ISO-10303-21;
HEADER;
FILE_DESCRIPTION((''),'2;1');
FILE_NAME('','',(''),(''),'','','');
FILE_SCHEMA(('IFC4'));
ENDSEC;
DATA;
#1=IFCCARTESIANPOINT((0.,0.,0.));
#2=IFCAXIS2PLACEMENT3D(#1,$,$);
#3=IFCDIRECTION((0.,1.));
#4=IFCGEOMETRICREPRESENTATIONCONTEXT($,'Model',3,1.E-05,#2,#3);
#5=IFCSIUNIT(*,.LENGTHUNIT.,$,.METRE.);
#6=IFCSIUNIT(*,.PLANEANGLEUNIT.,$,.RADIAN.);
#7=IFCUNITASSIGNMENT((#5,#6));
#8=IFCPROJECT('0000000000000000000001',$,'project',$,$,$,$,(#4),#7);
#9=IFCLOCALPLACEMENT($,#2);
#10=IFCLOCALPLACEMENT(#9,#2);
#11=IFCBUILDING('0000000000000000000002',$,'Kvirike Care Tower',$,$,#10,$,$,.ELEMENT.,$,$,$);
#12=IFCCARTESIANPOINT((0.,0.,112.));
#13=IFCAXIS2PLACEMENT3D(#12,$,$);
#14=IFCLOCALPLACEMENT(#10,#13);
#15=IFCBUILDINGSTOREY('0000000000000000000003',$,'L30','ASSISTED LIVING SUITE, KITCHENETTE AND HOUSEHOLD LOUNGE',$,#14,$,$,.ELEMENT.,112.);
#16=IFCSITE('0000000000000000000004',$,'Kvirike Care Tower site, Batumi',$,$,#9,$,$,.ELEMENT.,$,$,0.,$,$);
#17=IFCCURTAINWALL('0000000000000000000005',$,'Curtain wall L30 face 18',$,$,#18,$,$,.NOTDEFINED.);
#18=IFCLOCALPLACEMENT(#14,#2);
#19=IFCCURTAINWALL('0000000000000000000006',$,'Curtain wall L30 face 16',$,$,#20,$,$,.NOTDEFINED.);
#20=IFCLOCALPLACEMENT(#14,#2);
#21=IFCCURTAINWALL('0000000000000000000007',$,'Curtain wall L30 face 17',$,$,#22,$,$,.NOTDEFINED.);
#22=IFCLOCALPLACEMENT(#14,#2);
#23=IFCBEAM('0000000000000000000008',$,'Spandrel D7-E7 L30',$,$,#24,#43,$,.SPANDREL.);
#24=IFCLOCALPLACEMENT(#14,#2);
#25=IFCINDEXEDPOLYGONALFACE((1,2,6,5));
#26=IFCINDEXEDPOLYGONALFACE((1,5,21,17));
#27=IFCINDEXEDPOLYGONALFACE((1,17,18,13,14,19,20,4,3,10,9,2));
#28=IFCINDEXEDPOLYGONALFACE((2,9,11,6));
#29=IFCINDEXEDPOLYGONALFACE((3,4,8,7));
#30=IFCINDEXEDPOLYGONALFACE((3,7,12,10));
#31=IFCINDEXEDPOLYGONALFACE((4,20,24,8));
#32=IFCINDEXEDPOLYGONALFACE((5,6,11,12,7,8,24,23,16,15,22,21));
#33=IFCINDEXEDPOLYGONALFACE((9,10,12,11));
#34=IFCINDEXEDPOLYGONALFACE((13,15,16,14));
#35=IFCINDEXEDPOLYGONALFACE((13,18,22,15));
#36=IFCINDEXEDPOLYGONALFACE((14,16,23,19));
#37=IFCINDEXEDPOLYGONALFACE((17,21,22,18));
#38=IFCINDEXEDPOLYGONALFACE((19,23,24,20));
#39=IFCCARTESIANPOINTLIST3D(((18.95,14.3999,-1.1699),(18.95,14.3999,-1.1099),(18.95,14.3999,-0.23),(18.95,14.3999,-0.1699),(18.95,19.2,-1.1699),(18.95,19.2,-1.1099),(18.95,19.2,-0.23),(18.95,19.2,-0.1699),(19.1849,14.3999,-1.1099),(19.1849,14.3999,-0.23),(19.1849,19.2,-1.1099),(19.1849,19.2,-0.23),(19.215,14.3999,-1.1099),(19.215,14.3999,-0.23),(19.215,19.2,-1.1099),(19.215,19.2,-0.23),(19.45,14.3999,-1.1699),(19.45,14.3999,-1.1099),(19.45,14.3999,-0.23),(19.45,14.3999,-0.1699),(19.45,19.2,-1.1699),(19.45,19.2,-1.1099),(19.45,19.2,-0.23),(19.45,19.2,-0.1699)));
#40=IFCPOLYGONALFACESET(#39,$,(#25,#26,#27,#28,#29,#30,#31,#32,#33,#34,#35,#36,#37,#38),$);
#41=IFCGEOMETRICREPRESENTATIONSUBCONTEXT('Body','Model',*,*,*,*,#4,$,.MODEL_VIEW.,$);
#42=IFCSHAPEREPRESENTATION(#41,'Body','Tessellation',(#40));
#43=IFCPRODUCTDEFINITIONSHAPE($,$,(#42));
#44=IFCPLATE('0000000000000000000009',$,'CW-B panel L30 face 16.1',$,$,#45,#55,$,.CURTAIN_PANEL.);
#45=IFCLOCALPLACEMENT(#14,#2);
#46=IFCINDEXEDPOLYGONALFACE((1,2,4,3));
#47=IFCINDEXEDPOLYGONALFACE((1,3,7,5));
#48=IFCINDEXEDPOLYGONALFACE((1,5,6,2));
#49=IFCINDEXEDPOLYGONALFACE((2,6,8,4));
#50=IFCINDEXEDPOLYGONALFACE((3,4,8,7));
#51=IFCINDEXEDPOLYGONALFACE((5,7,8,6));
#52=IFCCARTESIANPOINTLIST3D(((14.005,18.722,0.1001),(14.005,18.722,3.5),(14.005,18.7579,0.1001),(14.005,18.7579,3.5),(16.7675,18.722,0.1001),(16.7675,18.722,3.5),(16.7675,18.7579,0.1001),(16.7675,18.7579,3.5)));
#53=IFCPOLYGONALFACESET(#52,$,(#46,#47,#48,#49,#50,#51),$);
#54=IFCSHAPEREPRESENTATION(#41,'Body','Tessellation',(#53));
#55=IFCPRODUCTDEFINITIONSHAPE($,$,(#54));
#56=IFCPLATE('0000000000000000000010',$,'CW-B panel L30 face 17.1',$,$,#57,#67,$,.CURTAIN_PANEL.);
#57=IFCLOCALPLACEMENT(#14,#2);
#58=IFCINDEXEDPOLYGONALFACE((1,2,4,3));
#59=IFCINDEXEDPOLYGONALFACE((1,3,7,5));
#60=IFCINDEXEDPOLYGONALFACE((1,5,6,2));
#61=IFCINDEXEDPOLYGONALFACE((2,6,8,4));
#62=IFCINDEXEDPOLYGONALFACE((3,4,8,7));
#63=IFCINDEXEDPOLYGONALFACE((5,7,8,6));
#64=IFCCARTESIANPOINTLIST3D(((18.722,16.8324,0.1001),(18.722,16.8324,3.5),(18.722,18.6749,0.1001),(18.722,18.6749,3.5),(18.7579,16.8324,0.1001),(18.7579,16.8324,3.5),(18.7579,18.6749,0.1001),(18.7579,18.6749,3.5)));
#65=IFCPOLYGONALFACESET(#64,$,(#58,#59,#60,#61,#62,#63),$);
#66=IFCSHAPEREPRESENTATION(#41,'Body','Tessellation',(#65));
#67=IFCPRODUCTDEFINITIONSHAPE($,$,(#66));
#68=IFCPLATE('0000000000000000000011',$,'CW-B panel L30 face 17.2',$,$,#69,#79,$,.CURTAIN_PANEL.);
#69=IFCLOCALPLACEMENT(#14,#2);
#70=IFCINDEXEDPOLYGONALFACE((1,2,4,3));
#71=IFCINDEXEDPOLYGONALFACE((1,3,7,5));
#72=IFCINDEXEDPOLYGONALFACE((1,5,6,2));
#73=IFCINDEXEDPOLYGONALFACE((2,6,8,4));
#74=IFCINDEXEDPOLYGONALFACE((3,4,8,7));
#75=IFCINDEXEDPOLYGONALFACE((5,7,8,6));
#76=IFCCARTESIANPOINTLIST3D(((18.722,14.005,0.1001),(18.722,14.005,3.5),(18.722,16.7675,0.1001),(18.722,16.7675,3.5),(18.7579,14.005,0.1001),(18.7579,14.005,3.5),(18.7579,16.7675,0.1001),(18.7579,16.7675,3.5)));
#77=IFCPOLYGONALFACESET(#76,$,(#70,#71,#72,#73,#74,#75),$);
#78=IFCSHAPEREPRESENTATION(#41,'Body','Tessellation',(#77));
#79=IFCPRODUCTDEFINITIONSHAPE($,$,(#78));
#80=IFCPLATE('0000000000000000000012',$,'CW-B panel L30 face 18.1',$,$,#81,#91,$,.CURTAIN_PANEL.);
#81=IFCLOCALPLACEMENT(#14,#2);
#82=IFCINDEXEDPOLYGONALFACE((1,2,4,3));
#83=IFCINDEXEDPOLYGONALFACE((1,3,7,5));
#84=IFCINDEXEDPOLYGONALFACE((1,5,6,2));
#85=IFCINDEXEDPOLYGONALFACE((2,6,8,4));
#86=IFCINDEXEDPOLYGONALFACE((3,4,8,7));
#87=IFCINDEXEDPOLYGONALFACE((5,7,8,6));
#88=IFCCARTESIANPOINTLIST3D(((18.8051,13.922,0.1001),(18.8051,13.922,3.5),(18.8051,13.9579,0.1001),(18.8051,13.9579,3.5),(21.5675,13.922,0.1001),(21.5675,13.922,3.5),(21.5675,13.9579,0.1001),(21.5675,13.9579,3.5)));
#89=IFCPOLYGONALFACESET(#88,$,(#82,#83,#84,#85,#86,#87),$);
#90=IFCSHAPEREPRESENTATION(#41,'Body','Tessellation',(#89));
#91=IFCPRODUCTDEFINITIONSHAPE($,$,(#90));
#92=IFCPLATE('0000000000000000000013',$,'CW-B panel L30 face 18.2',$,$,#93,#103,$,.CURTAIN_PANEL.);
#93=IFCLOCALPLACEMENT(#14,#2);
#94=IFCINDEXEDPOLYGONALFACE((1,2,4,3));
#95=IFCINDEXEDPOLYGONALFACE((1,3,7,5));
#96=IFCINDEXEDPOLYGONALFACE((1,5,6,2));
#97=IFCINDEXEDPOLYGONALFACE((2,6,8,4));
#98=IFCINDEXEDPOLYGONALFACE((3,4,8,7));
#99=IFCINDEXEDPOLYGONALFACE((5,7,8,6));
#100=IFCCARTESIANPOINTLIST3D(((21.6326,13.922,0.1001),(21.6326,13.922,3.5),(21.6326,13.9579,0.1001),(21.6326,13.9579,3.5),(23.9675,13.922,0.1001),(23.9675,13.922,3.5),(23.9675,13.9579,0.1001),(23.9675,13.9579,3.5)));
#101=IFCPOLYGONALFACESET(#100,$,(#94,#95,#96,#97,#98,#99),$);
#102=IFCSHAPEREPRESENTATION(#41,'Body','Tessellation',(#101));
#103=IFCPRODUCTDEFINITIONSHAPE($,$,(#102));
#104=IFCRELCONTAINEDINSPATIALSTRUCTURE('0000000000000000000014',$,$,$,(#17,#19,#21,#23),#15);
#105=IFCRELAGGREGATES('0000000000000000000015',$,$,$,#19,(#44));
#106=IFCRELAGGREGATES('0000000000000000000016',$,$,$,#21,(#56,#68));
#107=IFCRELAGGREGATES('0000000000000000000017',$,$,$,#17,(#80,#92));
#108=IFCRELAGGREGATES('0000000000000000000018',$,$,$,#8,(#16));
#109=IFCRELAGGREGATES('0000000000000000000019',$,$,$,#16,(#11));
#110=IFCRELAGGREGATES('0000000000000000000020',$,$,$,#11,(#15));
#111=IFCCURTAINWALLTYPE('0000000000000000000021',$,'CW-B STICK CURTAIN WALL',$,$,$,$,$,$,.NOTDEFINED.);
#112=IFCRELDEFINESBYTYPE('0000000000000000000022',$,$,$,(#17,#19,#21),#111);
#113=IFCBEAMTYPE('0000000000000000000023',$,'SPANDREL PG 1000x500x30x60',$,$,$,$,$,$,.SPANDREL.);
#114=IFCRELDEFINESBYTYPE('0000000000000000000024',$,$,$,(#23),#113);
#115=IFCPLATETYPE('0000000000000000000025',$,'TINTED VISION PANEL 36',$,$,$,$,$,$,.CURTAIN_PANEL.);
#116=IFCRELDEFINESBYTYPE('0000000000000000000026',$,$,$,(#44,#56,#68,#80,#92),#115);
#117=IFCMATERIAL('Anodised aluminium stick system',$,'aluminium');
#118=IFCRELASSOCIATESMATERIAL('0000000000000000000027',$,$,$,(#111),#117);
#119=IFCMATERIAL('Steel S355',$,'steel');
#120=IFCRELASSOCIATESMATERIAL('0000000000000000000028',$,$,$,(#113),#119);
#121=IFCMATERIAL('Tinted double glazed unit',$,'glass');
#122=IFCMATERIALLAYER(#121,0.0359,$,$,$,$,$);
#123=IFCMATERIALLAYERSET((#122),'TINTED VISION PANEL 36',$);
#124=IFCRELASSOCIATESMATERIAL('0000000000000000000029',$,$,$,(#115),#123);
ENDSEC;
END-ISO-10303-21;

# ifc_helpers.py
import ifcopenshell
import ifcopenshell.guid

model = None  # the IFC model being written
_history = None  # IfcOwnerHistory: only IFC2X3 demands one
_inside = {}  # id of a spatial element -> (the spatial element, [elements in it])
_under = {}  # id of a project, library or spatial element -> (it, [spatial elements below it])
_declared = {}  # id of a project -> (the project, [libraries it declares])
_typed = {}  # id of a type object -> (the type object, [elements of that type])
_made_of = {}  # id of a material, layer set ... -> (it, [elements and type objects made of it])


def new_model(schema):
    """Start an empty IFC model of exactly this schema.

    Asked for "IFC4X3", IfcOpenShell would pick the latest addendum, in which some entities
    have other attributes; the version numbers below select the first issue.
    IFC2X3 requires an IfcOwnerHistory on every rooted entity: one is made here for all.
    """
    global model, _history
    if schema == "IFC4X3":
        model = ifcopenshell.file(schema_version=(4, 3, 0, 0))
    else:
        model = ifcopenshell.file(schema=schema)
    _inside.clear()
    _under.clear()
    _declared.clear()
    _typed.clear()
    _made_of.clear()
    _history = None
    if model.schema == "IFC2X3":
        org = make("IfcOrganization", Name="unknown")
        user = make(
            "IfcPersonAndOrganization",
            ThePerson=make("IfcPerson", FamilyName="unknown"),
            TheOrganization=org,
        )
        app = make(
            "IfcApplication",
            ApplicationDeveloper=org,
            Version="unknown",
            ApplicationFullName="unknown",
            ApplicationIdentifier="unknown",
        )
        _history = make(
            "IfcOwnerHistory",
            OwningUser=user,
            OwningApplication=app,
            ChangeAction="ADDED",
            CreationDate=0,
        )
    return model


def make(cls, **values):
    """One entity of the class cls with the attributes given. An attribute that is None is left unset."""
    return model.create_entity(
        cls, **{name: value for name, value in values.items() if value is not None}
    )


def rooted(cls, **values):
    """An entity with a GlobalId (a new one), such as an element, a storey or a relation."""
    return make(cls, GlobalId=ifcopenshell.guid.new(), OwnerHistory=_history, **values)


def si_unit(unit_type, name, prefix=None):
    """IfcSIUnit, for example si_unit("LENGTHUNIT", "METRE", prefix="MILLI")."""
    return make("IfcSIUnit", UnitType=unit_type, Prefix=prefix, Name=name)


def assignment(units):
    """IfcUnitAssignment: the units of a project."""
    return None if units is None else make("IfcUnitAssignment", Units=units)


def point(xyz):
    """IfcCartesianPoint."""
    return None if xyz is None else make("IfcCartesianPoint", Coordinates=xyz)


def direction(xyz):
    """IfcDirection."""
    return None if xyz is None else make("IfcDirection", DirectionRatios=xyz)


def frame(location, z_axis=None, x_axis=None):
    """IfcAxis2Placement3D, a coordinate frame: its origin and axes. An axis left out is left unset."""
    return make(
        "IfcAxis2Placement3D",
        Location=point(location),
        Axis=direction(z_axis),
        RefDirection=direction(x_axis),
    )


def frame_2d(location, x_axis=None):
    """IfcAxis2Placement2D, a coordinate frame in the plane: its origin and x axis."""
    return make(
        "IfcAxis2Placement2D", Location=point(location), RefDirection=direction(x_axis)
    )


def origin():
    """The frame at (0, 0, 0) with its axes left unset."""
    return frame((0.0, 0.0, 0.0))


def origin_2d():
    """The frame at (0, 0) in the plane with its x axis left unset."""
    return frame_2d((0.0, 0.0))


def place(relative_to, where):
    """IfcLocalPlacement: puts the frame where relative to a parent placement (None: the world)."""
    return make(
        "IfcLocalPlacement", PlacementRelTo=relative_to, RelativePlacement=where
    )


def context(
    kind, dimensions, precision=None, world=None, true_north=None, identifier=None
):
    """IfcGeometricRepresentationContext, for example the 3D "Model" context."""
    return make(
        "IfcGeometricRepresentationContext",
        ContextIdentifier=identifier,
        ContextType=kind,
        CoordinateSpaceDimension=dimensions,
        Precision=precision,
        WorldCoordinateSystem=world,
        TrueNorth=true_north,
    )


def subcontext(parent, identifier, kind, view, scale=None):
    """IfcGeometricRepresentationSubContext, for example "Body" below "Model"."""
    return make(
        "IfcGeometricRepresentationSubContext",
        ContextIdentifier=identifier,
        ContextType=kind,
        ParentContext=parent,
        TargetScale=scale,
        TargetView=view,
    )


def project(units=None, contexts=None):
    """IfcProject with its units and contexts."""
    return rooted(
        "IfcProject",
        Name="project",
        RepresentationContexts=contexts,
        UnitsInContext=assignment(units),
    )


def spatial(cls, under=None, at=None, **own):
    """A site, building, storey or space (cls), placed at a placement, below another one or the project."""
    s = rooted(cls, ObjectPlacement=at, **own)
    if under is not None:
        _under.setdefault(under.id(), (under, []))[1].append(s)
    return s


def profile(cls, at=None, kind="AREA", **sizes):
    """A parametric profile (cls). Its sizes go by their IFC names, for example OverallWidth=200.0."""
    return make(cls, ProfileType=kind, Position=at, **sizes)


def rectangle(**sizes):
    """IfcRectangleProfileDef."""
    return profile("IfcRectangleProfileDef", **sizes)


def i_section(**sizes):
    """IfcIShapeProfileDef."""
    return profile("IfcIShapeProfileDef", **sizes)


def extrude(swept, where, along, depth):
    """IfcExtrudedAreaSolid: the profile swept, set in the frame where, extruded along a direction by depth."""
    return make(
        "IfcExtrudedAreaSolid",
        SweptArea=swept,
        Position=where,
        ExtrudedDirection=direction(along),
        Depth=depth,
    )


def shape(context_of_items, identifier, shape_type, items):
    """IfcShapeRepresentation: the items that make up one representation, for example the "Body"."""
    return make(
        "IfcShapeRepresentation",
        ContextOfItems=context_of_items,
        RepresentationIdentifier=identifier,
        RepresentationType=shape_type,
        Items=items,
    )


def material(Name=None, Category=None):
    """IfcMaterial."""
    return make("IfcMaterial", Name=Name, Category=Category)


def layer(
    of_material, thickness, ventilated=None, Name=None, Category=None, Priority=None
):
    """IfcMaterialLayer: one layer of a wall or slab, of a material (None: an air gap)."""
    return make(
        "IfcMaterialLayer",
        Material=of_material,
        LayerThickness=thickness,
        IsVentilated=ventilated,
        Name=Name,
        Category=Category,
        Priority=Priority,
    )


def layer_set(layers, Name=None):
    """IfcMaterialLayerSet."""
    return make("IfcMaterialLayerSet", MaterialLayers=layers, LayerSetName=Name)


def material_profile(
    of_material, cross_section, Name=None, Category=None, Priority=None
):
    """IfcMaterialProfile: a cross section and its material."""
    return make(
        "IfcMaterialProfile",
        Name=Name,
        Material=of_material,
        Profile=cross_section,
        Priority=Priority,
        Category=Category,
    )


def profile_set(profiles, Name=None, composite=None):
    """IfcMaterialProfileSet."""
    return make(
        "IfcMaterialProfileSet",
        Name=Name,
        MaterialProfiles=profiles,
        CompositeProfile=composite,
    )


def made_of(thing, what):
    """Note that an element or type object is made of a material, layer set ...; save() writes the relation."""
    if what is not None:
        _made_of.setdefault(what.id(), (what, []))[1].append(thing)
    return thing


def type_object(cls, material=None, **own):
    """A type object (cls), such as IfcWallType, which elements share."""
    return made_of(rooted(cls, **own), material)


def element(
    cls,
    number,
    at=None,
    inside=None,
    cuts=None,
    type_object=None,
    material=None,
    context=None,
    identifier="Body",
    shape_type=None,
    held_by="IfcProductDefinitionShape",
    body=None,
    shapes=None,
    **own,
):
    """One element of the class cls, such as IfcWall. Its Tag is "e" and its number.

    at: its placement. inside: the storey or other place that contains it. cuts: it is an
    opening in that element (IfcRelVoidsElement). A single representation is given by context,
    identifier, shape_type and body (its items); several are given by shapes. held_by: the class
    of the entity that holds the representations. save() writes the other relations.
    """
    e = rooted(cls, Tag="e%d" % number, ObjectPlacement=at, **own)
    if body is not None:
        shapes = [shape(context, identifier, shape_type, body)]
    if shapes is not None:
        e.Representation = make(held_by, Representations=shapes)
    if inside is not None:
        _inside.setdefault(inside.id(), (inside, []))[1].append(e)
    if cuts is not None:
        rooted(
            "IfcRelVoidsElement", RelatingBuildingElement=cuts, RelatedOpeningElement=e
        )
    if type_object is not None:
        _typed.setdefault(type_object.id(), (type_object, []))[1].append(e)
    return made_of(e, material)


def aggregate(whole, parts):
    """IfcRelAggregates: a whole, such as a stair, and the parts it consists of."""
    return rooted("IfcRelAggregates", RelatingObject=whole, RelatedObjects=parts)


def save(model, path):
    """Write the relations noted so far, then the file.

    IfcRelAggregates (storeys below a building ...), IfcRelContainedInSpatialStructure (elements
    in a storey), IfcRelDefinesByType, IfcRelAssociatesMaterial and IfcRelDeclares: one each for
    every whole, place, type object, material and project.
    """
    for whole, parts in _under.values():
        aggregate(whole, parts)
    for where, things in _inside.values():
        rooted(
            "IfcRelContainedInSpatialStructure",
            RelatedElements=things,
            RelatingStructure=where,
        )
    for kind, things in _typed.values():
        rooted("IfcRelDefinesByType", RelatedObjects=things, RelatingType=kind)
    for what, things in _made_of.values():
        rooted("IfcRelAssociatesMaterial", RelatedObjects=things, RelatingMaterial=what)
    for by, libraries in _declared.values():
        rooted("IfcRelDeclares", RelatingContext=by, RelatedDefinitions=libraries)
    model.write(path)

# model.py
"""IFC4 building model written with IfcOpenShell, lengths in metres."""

from ifc_helpers import new_model, si_unit, direction, frame, origin, origin_2d, place, context, subcontext, project, spatial, rectangle, i_section, extrude, material, layer, layer_set, material_profile, profile_set, type_object, element, aggregate, save


model = new_model("IFC4")

# Units and contexts
model_context = context("Model", 3, precision=1e-05, world=origin(), true_north=direction((0.0, 1.0)))
body_context = subcontext(model_context, "Body", "Model", "MODEL_VIEW")
ifc_project = project(units=[si_unit("LENGTHUNIT", "METRE"), si_unit("PLANEANGLEUNIT", "RADIAN")], contexts=[model_context])

# Site, building, storey
site_placement = place(None, origin())
site = spatial("IfcSite", under=ifc_project, at=site_placement, Name="Kvirike Care Tower site, Batumi", CompositionType="ELEMENT", RefElevation=0.0)
building_placement = place(site_placement, origin())
building = spatial("IfcBuilding", under=site, at=building_placement, Name="Kvirike Care Tower", CompositionType="ELEMENT")
storey_placement = place(building_placement, frame((0.0, 0.0, 112.0)))
storey = spatial("IfcBuildingStorey", under=building, at=storey_placement, Name="L30", Description="ASSISTED LIVING SUITE, KITCHENETTE AND HOUSEHOLD LOUNGE", CompositionType="ELEMENT", Elevation=112.0)

# Curtain walls
ifc_material_1 = material(Name="Anodised aluminium stick system", Category="aluminium")
curtain_wall_type = type_object("IfcCurtainWallType", Name="CW-B STICK CURTAIN WALL", PredefinedType="NOTDEFINED", material=ifc_material_1)
curtain_wall_1_placement = place(storey_placement, origin())
curtain_wall_1 = element("IfcCurtainWall", 1, at=curtain_wall_1_placement, inside=storey, type_object=curtain_wall_type, Name="Curtain wall L30 face 18", PredefinedType="NOTDEFINED")
curtain_wall_2_placement = place(storey_placement, origin())
curtain_wall_2 = element("IfcCurtainWall", 2, at=curtain_wall_2_placement, inside=storey, type_object=curtain_wall_type, Name="Curtain wall L30 face 16", PredefinedType="NOTDEFINED")

# Curtain wall
curtain_wall_3_placement = place(storey_placement, origin())
curtain_wall_3 = element("IfcCurtainWall", 3, at=curtain_wall_3_placement, inside=storey, type_object=curtain_wall_type, Name="Curtain wall L30 face 17", PredefinedType="NOTDEFINED")

# Beam
ifc_material_2 = material(Name="Steel S355", Category="steel")
ifc_material_profile_1 = material_profile(ifc_material_2, i_section(OverallWidth=0.5, OverallDepth=1.0, WebThickness=0.03, FlangeThickness=0.0601, at=origin_2d()), Name="PG 1000x500x30x60")
ifc_profile_set_1 = profile_set([ifc_material_profile_1], Name="Steel S355")
beam_type = type_object("IfcBeamType", Name="SPANDREL PG 1000x500x30x60", PredefinedType="SPANDREL", material=ifc_profile_set_1)
for number, where, z_axis, x_axis, name in (
    (4, (19.2, 14.3999, -0.6699), (0.0, 1.0, 0.0), (-1.0, 0.0, 0.0), "Spandrel D7-E7 L30"),
):
    element("IfcBeam", number, at=place(storey_placement, frame(where, z_axis=z_axis, x_axis=x_axis)), inside=storey, type_object=beam_type, Name=name, PredefinedType="SPANDREL", context=body_context, shape_type="SweptSolid", body=[
        extrude(i_section(OverallWidth=0.5, OverallDepth=1.0, WebThickness=0.03, FlangeThickness=0.0601, at=origin_2d()), origin(), (0.0, 0.0, 1.0), 4.8),
    ])

# Plates
ifc_material_3 = material(Name="Tinted double glazed unit", Category="glass")
ifc_layer = layer(ifc_material_3, 0.0359)
ifc_layer_set = layer_set([ifc_layer], Name="TINTED VISION PANEL 36")
plate_type = type_object("IfcPlateType", Name="TINTED VISION PANEL 36", PredefinedType="CURTAIN_PANEL", material=ifc_layer_set)
plate_1_placement = place(storey_placement, frame((15.3862, 18.74, 0.1001), z_axis=(0.0, 0.0, 1.0), x_axis=(1.0, 0.0, 0.0)))
plate_1 = element("IfcPlate", 5, at=plate_1_placement, type_object=plate_type, Name="CW-B panel L30 face 16.1", PredefinedType="CURTAIN_PANEL", context=body_context, shape_type="SweptSolid", body=[
    extrude(rectangle(XDim=2.7625, YDim=0.0359, at=origin_2d()), origin(), (0.0, 0.0, 1.0), 3.3999),
])
aggregate(curtain_wall_2, [plate_1])
plate_2_placement = place(storey_placement, frame((18.74, 17.7537, 0.1001), z_axis=(0.0, 0.0, 1.0), x_axis=(0.0, -1.0, 0.0)))
plate_2 = element("IfcPlate", 6, at=plate_2_placement, type_object=plate_type, Name="CW-B panel L30 face 17.1", PredefinedType="CURTAIN_PANEL", context=body_context, shape_type="SweptSolid", body=[
    extrude(rectangle(XDim=1.8425, YDim=0.0359, at=origin_2d()), origin(), (0.0, 0.0, 1.0), 3.3999),
])
plate_3_placement = place(storey_placement, frame((18.74, 15.3862, 0.1001), z_axis=(0.0, 0.0, 1.0), x_axis=(0.0, -1.0, 0.0)))
plate_3 = element("IfcPlate", 7, at=plate_3_placement, type_object=plate_type, Name="CW-B panel L30 face 17.2", PredefinedType="CURTAIN_PANEL", context=body_context, shape_type="SweptSolid", body=[
    extrude(rectangle(XDim=2.7625, YDim=0.0359, at=origin_2d()), origin(), (0.0, 0.0, 1.0), 3.3999),
])
aggregate(curtain_wall_3, [plate_2, plate_3])
plate_4_placement = place(storey_placement, frame((20.1863, 13.9399, 0.1001), z_axis=(0.0, 0.0, 1.0), x_axis=(1.0, 0.0, 0.0)))
plate_4 = element("IfcPlate", 8, at=plate_4_placement, type_object=plate_type, Name="CW-B panel L30 face 18.1", PredefinedType="CURTAIN_PANEL", context=body_context, shape_type="SweptSolid", body=[
    extrude(rectangle(XDim=2.7625, YDim=0.0359, at=origin_2d()), origin(), (0.0, 0.0, 1.0), 3.3999),
])
plate_5_placement = place(storey_placement, frame((22.8, 13.9399, 0.1001), z_axis=(0.0, 0.0, 1.0), x_axis=(1.0, 0.0, 0.0)))
plate_5 = element("IfcPlate", 9, at=plate_5_placement, type_object=plate_type, Name="CW-B panel L30 face 18.2", PredefinedType="CURTAIN_PANEL", context=body_context, shape_type="SweptSolid", body=[
    extrude(rectangle(XDim=2.335, YDim=0.0359, at=origin_2d()), origin(), (0.0, 0.0, 1.0), 3.3999),
])
aggregate(curtain_wall_1, [plate_4, plate_5])

save(model, "model.ifc")
